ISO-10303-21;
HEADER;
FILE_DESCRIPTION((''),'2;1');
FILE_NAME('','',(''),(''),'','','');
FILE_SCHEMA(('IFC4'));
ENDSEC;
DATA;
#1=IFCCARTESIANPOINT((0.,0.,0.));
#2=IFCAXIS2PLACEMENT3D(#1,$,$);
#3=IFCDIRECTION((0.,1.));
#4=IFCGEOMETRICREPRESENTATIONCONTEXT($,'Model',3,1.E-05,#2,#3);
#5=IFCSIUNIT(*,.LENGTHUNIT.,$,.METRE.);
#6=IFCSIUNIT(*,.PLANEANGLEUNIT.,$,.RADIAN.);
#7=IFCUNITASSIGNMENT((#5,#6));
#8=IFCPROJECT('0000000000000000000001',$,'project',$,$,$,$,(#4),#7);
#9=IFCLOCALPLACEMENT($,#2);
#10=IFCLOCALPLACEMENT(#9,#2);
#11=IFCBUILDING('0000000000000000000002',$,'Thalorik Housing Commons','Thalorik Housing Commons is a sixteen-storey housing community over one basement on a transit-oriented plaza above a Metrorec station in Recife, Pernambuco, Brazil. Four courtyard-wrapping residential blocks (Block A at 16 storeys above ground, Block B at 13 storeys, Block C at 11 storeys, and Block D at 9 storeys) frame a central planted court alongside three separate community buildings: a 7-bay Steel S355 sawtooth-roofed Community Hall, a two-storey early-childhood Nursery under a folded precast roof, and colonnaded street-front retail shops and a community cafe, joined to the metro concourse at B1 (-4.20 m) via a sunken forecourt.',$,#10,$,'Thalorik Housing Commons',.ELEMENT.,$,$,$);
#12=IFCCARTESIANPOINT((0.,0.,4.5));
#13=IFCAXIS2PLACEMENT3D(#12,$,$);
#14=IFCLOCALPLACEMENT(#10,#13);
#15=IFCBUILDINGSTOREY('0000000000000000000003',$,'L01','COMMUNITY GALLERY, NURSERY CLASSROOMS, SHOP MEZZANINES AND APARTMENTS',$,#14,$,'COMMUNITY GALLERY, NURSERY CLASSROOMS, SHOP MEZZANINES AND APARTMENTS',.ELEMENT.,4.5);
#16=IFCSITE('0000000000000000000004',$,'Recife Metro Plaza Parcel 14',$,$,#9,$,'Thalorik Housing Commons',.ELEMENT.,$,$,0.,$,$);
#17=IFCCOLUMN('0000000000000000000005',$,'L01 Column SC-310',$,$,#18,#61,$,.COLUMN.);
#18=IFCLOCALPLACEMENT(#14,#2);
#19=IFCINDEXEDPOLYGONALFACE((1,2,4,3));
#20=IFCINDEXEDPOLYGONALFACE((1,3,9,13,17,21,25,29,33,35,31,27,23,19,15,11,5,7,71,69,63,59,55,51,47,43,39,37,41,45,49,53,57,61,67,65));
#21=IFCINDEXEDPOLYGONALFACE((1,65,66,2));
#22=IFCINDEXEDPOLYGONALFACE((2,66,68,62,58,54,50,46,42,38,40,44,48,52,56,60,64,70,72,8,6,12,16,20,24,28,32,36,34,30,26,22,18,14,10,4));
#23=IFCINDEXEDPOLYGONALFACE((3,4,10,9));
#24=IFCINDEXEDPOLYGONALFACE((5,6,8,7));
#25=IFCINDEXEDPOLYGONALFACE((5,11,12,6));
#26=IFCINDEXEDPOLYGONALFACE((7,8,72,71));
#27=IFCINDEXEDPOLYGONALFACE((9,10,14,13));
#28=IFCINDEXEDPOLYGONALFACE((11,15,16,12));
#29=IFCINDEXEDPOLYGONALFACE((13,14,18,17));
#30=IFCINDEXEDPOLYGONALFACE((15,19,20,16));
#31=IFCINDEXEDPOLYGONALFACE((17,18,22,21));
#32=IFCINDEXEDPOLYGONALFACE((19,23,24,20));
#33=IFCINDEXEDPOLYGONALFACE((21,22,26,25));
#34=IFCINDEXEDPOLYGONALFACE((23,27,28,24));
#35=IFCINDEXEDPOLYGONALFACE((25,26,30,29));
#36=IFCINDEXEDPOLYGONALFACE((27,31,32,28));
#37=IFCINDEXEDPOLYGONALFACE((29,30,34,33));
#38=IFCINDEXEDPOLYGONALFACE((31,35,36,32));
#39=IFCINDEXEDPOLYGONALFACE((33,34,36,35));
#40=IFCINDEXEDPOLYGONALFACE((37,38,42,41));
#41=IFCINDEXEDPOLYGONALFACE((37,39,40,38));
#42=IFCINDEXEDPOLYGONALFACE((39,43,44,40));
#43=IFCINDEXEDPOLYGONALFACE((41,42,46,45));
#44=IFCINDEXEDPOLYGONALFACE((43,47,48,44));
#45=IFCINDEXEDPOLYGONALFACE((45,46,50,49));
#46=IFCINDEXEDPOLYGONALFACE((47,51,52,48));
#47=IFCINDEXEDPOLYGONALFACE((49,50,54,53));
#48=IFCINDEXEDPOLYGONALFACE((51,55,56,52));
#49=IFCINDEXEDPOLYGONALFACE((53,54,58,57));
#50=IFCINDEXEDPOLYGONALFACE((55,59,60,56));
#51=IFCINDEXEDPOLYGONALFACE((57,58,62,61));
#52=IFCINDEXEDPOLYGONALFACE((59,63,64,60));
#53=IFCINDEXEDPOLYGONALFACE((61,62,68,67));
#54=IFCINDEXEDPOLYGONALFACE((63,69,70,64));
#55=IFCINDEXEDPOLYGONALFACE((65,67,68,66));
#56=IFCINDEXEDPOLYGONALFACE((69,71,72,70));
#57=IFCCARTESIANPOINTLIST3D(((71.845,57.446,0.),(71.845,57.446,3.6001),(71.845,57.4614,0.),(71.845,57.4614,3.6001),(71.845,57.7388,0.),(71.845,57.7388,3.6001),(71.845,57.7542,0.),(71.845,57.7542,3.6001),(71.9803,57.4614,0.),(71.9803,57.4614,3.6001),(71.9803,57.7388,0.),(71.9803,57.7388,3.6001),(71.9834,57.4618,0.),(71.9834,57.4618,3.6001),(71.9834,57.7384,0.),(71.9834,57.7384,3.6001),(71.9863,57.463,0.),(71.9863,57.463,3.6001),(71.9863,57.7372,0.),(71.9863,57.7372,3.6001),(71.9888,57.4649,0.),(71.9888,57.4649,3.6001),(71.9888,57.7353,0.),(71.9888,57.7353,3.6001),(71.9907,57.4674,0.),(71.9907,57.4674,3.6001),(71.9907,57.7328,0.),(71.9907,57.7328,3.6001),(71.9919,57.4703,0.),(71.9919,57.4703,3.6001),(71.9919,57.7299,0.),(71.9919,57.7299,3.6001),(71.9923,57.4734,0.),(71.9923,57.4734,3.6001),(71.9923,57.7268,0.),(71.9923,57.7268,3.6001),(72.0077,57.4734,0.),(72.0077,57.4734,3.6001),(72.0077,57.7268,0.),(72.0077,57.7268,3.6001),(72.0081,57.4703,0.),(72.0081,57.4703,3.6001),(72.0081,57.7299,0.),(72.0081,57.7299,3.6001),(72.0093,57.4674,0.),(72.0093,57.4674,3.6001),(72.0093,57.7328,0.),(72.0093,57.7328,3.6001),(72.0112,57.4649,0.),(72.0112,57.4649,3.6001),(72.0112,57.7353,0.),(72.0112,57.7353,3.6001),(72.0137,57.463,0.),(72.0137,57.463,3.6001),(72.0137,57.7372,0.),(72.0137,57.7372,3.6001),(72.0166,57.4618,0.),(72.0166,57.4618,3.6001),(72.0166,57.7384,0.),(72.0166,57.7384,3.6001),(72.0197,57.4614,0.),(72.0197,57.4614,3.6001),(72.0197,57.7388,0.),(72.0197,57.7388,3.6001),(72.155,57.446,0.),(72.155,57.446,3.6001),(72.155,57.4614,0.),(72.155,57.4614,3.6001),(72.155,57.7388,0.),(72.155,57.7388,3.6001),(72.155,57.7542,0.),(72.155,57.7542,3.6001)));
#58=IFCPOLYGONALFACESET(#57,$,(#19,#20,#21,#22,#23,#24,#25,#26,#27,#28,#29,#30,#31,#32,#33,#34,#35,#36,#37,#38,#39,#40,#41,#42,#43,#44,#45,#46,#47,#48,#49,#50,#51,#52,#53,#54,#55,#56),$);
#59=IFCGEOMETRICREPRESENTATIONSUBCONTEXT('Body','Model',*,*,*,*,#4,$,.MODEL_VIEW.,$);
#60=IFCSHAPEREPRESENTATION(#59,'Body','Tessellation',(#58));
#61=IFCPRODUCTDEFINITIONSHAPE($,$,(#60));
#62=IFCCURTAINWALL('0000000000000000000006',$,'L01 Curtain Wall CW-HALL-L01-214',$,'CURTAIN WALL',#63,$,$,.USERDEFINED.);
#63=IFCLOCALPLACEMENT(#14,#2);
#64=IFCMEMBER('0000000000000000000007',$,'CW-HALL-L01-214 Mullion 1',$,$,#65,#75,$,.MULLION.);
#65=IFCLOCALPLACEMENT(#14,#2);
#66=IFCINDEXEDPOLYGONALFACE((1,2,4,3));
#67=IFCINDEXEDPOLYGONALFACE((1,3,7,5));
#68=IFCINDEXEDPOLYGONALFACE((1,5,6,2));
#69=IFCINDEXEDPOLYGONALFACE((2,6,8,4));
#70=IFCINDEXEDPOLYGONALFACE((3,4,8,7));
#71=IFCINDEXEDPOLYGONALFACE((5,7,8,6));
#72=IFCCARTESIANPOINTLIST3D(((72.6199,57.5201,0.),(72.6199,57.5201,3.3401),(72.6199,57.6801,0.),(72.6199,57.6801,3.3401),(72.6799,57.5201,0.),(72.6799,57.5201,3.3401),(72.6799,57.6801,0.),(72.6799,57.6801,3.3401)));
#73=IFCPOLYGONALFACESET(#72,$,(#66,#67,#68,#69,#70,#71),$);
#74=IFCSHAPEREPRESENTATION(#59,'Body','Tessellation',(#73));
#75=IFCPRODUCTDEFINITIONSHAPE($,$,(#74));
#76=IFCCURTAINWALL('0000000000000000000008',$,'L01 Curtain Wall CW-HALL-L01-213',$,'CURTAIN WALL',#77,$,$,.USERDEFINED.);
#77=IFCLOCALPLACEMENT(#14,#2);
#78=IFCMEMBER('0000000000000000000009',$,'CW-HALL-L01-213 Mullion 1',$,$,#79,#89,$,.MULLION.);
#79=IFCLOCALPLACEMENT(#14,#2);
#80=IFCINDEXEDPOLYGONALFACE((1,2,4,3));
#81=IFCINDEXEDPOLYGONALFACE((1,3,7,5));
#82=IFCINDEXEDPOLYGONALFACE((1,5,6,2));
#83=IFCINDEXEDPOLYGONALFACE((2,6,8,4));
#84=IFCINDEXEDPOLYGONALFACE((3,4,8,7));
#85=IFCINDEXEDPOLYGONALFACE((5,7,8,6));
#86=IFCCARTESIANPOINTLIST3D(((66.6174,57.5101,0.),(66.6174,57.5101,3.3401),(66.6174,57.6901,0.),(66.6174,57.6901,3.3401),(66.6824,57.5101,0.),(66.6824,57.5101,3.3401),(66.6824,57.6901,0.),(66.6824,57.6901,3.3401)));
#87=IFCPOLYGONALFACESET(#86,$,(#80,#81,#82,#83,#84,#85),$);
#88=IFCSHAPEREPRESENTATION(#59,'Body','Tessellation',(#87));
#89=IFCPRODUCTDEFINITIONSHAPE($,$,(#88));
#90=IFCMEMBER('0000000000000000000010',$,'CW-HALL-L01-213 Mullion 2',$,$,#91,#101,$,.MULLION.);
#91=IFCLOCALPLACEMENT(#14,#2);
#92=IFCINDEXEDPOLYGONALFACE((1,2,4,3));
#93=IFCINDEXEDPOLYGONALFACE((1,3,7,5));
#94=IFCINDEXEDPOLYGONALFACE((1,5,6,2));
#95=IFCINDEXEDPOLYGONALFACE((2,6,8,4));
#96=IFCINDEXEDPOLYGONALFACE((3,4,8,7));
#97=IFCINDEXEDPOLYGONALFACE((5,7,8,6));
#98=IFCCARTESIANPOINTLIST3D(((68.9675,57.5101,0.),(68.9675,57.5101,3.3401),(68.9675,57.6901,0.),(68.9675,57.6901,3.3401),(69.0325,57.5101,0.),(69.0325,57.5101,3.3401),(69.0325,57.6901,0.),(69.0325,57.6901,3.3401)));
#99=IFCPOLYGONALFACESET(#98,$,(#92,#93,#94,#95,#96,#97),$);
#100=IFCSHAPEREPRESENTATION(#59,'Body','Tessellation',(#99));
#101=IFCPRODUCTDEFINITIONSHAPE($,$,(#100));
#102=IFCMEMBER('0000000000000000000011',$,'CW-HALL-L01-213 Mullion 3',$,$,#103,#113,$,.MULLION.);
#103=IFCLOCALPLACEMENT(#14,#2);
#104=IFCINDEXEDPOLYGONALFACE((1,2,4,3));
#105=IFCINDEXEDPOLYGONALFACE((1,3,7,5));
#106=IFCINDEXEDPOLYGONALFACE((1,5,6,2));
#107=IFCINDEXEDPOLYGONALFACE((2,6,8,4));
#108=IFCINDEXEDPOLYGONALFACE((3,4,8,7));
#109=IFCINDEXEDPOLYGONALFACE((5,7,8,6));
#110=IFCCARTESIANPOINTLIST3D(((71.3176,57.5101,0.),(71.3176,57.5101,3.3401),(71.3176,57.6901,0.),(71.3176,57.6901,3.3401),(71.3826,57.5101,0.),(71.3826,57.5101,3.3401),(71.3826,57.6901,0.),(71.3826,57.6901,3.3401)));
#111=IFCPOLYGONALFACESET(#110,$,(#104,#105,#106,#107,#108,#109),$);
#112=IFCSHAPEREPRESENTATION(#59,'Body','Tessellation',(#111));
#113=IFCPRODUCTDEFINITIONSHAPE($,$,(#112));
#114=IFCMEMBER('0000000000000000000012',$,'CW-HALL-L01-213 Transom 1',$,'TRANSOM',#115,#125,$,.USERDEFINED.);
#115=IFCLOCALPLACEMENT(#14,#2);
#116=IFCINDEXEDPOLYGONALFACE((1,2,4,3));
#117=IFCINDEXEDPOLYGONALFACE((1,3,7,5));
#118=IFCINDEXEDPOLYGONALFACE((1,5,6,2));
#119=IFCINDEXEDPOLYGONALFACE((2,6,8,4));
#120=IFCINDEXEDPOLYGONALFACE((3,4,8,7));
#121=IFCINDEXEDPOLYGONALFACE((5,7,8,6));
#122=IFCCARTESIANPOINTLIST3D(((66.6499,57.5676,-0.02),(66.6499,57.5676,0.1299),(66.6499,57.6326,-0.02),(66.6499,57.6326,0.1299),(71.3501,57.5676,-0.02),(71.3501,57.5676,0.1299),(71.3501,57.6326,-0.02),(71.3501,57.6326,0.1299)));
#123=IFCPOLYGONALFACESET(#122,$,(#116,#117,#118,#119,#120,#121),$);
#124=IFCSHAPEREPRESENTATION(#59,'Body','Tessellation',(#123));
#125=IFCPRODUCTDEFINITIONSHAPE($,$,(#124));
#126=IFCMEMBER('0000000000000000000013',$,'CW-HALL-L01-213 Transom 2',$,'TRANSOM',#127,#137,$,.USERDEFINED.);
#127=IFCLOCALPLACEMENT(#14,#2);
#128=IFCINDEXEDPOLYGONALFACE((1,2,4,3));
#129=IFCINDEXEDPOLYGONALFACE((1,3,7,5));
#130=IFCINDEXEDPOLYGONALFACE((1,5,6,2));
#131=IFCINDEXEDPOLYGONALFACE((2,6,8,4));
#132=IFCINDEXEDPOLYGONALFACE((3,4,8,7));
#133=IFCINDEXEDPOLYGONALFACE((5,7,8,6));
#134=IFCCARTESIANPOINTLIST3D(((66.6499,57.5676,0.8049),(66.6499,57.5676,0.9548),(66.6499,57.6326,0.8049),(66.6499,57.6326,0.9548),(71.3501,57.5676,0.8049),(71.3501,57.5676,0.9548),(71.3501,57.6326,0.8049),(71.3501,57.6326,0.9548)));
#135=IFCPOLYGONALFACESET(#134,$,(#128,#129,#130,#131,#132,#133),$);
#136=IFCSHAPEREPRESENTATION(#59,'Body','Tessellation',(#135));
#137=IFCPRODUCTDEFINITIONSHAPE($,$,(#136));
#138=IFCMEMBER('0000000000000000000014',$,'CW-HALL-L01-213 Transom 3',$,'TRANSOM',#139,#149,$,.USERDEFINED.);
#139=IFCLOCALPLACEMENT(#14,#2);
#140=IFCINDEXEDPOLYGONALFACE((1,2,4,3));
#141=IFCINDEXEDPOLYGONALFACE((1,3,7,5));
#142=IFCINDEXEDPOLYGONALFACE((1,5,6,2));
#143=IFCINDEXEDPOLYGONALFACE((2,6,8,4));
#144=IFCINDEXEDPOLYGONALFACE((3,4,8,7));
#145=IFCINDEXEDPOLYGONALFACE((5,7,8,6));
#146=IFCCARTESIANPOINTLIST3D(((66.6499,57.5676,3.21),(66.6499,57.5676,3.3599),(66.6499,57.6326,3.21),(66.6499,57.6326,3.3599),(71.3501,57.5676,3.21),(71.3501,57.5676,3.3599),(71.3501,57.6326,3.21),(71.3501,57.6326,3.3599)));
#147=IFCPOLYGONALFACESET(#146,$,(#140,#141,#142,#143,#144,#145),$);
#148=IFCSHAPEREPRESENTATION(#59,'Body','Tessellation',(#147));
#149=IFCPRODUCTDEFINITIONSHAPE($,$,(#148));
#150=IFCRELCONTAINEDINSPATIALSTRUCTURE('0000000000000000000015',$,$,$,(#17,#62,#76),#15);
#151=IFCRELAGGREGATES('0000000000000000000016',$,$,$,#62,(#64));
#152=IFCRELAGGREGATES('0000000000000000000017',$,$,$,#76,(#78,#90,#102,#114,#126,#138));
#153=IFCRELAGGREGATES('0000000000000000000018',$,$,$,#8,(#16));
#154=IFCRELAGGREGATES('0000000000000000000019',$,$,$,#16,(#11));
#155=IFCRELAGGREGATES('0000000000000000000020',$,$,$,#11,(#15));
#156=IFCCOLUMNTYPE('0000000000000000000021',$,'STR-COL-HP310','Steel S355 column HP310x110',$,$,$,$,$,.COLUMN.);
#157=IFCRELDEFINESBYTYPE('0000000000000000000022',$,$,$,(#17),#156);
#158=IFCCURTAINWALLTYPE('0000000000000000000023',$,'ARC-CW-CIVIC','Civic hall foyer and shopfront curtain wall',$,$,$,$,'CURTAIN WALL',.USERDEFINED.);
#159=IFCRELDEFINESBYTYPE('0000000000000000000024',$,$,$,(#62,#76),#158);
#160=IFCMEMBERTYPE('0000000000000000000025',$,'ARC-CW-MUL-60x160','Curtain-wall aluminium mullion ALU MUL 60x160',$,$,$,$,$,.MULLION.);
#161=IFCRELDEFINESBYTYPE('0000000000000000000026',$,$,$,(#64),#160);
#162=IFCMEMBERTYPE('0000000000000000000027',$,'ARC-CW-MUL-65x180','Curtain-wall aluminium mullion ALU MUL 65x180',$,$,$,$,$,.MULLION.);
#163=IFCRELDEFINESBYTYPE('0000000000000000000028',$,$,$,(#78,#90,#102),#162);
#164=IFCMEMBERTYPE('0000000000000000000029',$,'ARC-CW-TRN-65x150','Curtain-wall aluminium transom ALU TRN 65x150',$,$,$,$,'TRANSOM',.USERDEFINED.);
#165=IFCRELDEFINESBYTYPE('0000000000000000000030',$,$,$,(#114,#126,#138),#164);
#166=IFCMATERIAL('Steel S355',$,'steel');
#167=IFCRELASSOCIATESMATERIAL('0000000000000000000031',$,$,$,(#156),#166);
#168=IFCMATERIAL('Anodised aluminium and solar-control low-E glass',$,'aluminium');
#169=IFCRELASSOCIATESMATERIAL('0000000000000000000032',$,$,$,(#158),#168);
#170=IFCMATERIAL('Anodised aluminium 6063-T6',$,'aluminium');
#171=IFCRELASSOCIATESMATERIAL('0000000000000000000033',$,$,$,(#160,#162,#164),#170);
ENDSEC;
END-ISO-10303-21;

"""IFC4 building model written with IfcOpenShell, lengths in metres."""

from ifc_helpers import new_model, si_unit, direction, frame, origin, origin_2d, place, context, subcontext, project, spatial, rectangle, i_section, extrude, material, material_profile, profile_set, type_object, element, aggregate, save


model = new_model("IFC4")

# Units and contexts
model_context = context("Model", 3, precision=1e-05, world=origin(), true_north=direction((0.0, 1.0)))
body_context = subcontext(model_context, "Body", "Model", "MODEL_VIEW")
ifc_project = project(units=[si_unit("LENGTHUNIT", "METRE"), si_unit("PLANEANGLEUNIT", "RADIAN")], contexts=[model_context])

# Site, building, storey
site_placement = place(None, origin())
site = spatial("IfcSite", under=ifc_project, at=site_placement, Name="Recife Metro Plaza Parcel 14", LongName="Thalorik Housing Commons", CompositionType="ELEMENT", RefElevation=0.0)
building_placement = place(site_placement, origin())
building = spatial("IfcBuilding", under=site, at=building_placement, Name="Thalorik Housing Commons", Description="Thalorik Housing Commons is a sixteen-storey housing community over one basement on a transit-oriented plaza above a Metrorec station in Recife, Pernambuco, Brazil. Four courtyard-wrapping residential blocks (Block A at 16 storeys above ground, Block B at 13 storeys, Block C at 11 storeys, and Block D at 9 storeys) frame a central planted court alongside three separate community buildings: a 7-bay Steel S355 sawtooth-roofed Community Hall, a two-storey early-childhood Nursery under a folded precast roof, and colonnaded street-front retail shops and a community cafe, joined to the metro concourse at B1 (-4.20 m) via a sunken forecourt.", LongName="Thalorik Housing Commons", CompositionType="ELEMENT")
storey_placement = place(building_placement, frame((0.0, 0.0, 4.5)))
storey = spatial("IfcBuildingStorey", under=building, at=storey_placement, Name="L01", Description="COMMUNITY GALLERY, NURSERY CLASSROOMS, SHOP MEZZANINES AND APARTMENTS", LongName="COMMUNITY GALLERY, NURSERY CLASSROOMS, SHOP MEZZANINES AND APARTMENTS", CompositionType="ELEMENT", Elevation=4.5)

# Column
ifc_material_1 = material(Name="Steel S355", Category="steel")
ifc_material_profile_1 = material_profile(ifc_material_1, i_section(OverallWidth=0.3101, OverallDepth=0.3081, WebThickness=0.0154, FlangeThickness=0.0154, FilletRadius=0.012, at=origin_2d()), Name="HP310x110", Category="steel")
ifc_profile_set_1 = profile_set([ifc_material_profile_1], Name="Steel S355")
column_type = type_object("IfcColumnType", Name="STR-COL-HP310", Description="Steel S355 column HP310x110", PredefinedType="COLUMN", material=ifc_profile_set_1)
column_placement = place(storey_placement, frame((72.0, 57.6001, 0.0), z_axis=(0.0, 0.0, 1.0), x_axis=(1.0, 0.0, 0.0)))
element("IfcColumn", 1, at=column_placement, inside=storey, type_object=column_type, Name="L01 Column SC-310", PredefinedType="COLUMN", context=body_context, shape_type="SweptSolid", body=[
    extrude(i_section(OverallWidth=0.3101, OverallDepth=0.3081, WebThickness=0.0154, FlangeThickness=0.0154, FilletRadius=0.012, at=origin_2d()), origin(), (0.0, 0.0, 1.0), 3.6001),
])

# Curtain wall, member
ifc_material_2 = material(Name="Anodised aluminium and solar-control low-E glass", Category="aluminium")
curtain_wall_type = type_object("IfcCurtainWallType", Name="ARC-CW-CIVIC", Description="Civic hall foyer and shopfront curtain wall", ElementType="CURTAIN WALL", PredefinedType="USERDEFINED", material=ifc_material_2)
curtain_wall_1_placement = place(storey_placement, origin())
curtain_wall_1 = element("IfcCurtainWall", 2, at=curtain_wall_1_placement, inside=storey, type_object=curtain_wall_type, Name="L01 Curtain Wall CW-HALL-L01-214", ObjectType="CURTAIN WALL", PredefinedType="USERDEFINED")
ifc_material_3 = material(Name="Anodised aluminium 6063-T6", Category="aluminium")
ifc_material_profile_2 = material_profile(ifc_material_3, rectangle(XDim=0.0601, YDim=0.1599, at=origin_2d()), Name="ALU MUL 60x160", Category="aluminium")
ifc_profile_set_2 = profile_set([ifc_material_profile_2], Name="Anodised aluminium 6063-T6")
member_type_1 = type_object("IfcMemberType", Name="ARC-CW-MUL-60x160", Description="Curtain-wall aluminium mullion ALU MUL 60x160", PredefinedType="MULLION", material=ifc_profile_set_2)
member_1_placement = place(storey_placement, frame((72.6499, 57.6001, 0.0), z_axis=(0.0, 0.0, 1.0), x_axis=(1.0, 0.0, 0.0)))
member_1 = element("IfcMember", 3, at=member_1_placement, type_object=member_type_1, Name="CW-HALL-L01-214 Mullion 1", PredefinedType="MULLION", context=body_context, shape_type="SweptSolid", body=[
    extrude(rectangle(XDim=0.0601, YDim=0.1599, at=origin_2d()), origin(), (0.0, 0.0, 1.0), 3.3401),
])
aggregate(curtain_wall_1, [member_1])

# Curtain wall, members
curtain_wall_2_placement = place(storey_placement, origin())
curtain_wall_2 = element("IfcCurtainWall", 4, at=curtain_wall_2_placement, inside=storey, type_object=curtain_wall_type, Name="L01 Curtain Wall CW-HALL-L01-213", ObjectType="CURTAIN WALL", PredefinedType="USERDEFINED")
ifc_material_profile_3 = material_profile(ifc_material_3, rectangle(XDim=0.0649, YDim=0.1799, at=origin_2d()), Name="ALU MUL 65x180", Category="aluminium")
ifc_profile_set_3 = profile_set([ifc_material_profile_3], Name="Anodised aluminium 6063-T6")
member_type_2 = type_object("IfcMemberType", Name="ARC-CW-MUL-65x180", Description="Curtain-wall aluminium mullion ALU MUL 65x180", PredefinedType="MULLION", material=ifc_profile_set_3)
member_2_placement = place(storey_placement, frame((66.6499, 57.6001, 0.0), z_axis=(0.0, 0.0, 1.0), x_axis=(1.0, 0.0, 0.0)))
member_2 = element("IfcMember", 5, at=member_2_placement, type_object=member_type_2, Name="CW-HALL-L01-213 Mullion 1", PredefinedType="MULLION", context=body_context, shape_type="SweptSolid", body=[
    extrude(rectangle(XDim=0.0649, YDim=0.1799, at=origin_2d()), origin(), (0.0, 0.0, 1.0), 3.3401),
])
member_3_placement = place(storey_placement, frame((69.0, 57.6001, 0.0), z_axis=(0.0, 0.0, 1.0), x_axis=(1.0, 0.0, 0.0)))
member_3 = element("IfcMember", 6, at=member_3_placement, type_object=member_type_2, Name="CW-HALL-L01-213 Mullion 2", PredefinedType="MULLION", context=body_context, shape_type="SweptSolid", body=[
    extrude(rectangle(XDim=0.0649, YDim=0.1799, at=origin_2d()), origin(), (0.0, 0.0, 1.0), 3.3401),
])
member_4_placement = place(storey_placement, frame((71.3501, 57.6001, 0.0), z_axis=(0.0, 0.0, 1.0), x_axis=(1.0, 0.0, 0.0)))
member_4 = element("IfcMember", 7, at=member_4_placement, type_object=member_type_2, Name="CW-HALL-L01-213 Mullion 3", PredefinedType="MULLION", context=body_context, shape_type="SweptSolid", body=[
    extrude(rectangle(XDim=0.0649, YDim=0.1799, at=origin_2d()), origin(), (0.0, 0.0, 1.0), 3.3401),
])
ifc_material_profile_4 = material_profile(ifc_material_3, rectangle(XDim=0.0649, YDim=0.1499, at=origin_2d()), Name="ALU TRN 65x150", Category="aluminium")
ifc_profile_set_4 = profile_set([ifc_material_profile_4], Name="Anodised aluminium 6063-T6")
member_type_3 = type_object("IfcMemberType", Name="ARC-CW-TRN-65x150", Description="Curtain-wall aluminium transom ALU TRN 65x150", ElementType="TRANSOM", PredefinedType="USERDEFINED", material=ifc_profile_set_4)
member_5_placement = place(storey_placement, frame((66.6499, 57.6001, 0.0549), z_axis=(1.0, 0.0, 0.0), x_axis=(0.0, 1.0, 0.0)))
member_5 = element("IfcMember", 8, at=member_5_placement, type_object=member_type_3, Name="CW-HALL-L01-213 Transom 1", ObjectType="TRANSOM", PredefinedType="USERDEFINED", context=body_context, shape_type="SweptSolid", body=[
    extrude(rectangle(XDim=0.0649, YDim=0.1499, at=origin_2d()), origin(), (0.0, 0.0, 1.0), 4.7002),
])
member_6_placement = place(storey_placement, frame((66.6499, 57.6001, 0.8799), z_axis=(1.0, 0.0, 0.0), x_axis=(0.0, 1.0, 0.0)))
member_6 = element("IfcMember", 9, at=member_6_placement, type_object=member_type_3, Name="CW-HALL-L01-213 Transom 2", ObjectType="TRANSOM", PredefinedType="USERDEFINED", context=body_context, shape_type="SweptSolid", body=[
    extrude(rectangle(XDim=0.0649, YDim=0.1499, at=origin_2d()), origin(), (0.0, 0.0, 1.0), 4.7002),
])
member_7_placement = place(storey_placement, frame((66.6499, 57.6001, 3.2849), z_axis=(1.0, 0.0, 0.0), x_axis=(0.0, 1.0, 0.0)))
member_7 = element("IfcMember", 10, at=member_7_placement, type_object=member_type_3, Name="CW-HALL-L01-213 Transom 3", ObjectType="TRANSOM", PredefinedType="USERDEFINED", context=body_context, shape_type="SweptSolid", body=[
    extrude(rectangle(XDim=0.0649, YDim=0.1499, at=origin_2d()), origin(), (0.0, 0.0, 1.0), 4.7002),
])

aggregate(curtain_wall_2, [member_2, member_3, member_4, member_5, member_6, member_7])

save(model, "model.ifc")
